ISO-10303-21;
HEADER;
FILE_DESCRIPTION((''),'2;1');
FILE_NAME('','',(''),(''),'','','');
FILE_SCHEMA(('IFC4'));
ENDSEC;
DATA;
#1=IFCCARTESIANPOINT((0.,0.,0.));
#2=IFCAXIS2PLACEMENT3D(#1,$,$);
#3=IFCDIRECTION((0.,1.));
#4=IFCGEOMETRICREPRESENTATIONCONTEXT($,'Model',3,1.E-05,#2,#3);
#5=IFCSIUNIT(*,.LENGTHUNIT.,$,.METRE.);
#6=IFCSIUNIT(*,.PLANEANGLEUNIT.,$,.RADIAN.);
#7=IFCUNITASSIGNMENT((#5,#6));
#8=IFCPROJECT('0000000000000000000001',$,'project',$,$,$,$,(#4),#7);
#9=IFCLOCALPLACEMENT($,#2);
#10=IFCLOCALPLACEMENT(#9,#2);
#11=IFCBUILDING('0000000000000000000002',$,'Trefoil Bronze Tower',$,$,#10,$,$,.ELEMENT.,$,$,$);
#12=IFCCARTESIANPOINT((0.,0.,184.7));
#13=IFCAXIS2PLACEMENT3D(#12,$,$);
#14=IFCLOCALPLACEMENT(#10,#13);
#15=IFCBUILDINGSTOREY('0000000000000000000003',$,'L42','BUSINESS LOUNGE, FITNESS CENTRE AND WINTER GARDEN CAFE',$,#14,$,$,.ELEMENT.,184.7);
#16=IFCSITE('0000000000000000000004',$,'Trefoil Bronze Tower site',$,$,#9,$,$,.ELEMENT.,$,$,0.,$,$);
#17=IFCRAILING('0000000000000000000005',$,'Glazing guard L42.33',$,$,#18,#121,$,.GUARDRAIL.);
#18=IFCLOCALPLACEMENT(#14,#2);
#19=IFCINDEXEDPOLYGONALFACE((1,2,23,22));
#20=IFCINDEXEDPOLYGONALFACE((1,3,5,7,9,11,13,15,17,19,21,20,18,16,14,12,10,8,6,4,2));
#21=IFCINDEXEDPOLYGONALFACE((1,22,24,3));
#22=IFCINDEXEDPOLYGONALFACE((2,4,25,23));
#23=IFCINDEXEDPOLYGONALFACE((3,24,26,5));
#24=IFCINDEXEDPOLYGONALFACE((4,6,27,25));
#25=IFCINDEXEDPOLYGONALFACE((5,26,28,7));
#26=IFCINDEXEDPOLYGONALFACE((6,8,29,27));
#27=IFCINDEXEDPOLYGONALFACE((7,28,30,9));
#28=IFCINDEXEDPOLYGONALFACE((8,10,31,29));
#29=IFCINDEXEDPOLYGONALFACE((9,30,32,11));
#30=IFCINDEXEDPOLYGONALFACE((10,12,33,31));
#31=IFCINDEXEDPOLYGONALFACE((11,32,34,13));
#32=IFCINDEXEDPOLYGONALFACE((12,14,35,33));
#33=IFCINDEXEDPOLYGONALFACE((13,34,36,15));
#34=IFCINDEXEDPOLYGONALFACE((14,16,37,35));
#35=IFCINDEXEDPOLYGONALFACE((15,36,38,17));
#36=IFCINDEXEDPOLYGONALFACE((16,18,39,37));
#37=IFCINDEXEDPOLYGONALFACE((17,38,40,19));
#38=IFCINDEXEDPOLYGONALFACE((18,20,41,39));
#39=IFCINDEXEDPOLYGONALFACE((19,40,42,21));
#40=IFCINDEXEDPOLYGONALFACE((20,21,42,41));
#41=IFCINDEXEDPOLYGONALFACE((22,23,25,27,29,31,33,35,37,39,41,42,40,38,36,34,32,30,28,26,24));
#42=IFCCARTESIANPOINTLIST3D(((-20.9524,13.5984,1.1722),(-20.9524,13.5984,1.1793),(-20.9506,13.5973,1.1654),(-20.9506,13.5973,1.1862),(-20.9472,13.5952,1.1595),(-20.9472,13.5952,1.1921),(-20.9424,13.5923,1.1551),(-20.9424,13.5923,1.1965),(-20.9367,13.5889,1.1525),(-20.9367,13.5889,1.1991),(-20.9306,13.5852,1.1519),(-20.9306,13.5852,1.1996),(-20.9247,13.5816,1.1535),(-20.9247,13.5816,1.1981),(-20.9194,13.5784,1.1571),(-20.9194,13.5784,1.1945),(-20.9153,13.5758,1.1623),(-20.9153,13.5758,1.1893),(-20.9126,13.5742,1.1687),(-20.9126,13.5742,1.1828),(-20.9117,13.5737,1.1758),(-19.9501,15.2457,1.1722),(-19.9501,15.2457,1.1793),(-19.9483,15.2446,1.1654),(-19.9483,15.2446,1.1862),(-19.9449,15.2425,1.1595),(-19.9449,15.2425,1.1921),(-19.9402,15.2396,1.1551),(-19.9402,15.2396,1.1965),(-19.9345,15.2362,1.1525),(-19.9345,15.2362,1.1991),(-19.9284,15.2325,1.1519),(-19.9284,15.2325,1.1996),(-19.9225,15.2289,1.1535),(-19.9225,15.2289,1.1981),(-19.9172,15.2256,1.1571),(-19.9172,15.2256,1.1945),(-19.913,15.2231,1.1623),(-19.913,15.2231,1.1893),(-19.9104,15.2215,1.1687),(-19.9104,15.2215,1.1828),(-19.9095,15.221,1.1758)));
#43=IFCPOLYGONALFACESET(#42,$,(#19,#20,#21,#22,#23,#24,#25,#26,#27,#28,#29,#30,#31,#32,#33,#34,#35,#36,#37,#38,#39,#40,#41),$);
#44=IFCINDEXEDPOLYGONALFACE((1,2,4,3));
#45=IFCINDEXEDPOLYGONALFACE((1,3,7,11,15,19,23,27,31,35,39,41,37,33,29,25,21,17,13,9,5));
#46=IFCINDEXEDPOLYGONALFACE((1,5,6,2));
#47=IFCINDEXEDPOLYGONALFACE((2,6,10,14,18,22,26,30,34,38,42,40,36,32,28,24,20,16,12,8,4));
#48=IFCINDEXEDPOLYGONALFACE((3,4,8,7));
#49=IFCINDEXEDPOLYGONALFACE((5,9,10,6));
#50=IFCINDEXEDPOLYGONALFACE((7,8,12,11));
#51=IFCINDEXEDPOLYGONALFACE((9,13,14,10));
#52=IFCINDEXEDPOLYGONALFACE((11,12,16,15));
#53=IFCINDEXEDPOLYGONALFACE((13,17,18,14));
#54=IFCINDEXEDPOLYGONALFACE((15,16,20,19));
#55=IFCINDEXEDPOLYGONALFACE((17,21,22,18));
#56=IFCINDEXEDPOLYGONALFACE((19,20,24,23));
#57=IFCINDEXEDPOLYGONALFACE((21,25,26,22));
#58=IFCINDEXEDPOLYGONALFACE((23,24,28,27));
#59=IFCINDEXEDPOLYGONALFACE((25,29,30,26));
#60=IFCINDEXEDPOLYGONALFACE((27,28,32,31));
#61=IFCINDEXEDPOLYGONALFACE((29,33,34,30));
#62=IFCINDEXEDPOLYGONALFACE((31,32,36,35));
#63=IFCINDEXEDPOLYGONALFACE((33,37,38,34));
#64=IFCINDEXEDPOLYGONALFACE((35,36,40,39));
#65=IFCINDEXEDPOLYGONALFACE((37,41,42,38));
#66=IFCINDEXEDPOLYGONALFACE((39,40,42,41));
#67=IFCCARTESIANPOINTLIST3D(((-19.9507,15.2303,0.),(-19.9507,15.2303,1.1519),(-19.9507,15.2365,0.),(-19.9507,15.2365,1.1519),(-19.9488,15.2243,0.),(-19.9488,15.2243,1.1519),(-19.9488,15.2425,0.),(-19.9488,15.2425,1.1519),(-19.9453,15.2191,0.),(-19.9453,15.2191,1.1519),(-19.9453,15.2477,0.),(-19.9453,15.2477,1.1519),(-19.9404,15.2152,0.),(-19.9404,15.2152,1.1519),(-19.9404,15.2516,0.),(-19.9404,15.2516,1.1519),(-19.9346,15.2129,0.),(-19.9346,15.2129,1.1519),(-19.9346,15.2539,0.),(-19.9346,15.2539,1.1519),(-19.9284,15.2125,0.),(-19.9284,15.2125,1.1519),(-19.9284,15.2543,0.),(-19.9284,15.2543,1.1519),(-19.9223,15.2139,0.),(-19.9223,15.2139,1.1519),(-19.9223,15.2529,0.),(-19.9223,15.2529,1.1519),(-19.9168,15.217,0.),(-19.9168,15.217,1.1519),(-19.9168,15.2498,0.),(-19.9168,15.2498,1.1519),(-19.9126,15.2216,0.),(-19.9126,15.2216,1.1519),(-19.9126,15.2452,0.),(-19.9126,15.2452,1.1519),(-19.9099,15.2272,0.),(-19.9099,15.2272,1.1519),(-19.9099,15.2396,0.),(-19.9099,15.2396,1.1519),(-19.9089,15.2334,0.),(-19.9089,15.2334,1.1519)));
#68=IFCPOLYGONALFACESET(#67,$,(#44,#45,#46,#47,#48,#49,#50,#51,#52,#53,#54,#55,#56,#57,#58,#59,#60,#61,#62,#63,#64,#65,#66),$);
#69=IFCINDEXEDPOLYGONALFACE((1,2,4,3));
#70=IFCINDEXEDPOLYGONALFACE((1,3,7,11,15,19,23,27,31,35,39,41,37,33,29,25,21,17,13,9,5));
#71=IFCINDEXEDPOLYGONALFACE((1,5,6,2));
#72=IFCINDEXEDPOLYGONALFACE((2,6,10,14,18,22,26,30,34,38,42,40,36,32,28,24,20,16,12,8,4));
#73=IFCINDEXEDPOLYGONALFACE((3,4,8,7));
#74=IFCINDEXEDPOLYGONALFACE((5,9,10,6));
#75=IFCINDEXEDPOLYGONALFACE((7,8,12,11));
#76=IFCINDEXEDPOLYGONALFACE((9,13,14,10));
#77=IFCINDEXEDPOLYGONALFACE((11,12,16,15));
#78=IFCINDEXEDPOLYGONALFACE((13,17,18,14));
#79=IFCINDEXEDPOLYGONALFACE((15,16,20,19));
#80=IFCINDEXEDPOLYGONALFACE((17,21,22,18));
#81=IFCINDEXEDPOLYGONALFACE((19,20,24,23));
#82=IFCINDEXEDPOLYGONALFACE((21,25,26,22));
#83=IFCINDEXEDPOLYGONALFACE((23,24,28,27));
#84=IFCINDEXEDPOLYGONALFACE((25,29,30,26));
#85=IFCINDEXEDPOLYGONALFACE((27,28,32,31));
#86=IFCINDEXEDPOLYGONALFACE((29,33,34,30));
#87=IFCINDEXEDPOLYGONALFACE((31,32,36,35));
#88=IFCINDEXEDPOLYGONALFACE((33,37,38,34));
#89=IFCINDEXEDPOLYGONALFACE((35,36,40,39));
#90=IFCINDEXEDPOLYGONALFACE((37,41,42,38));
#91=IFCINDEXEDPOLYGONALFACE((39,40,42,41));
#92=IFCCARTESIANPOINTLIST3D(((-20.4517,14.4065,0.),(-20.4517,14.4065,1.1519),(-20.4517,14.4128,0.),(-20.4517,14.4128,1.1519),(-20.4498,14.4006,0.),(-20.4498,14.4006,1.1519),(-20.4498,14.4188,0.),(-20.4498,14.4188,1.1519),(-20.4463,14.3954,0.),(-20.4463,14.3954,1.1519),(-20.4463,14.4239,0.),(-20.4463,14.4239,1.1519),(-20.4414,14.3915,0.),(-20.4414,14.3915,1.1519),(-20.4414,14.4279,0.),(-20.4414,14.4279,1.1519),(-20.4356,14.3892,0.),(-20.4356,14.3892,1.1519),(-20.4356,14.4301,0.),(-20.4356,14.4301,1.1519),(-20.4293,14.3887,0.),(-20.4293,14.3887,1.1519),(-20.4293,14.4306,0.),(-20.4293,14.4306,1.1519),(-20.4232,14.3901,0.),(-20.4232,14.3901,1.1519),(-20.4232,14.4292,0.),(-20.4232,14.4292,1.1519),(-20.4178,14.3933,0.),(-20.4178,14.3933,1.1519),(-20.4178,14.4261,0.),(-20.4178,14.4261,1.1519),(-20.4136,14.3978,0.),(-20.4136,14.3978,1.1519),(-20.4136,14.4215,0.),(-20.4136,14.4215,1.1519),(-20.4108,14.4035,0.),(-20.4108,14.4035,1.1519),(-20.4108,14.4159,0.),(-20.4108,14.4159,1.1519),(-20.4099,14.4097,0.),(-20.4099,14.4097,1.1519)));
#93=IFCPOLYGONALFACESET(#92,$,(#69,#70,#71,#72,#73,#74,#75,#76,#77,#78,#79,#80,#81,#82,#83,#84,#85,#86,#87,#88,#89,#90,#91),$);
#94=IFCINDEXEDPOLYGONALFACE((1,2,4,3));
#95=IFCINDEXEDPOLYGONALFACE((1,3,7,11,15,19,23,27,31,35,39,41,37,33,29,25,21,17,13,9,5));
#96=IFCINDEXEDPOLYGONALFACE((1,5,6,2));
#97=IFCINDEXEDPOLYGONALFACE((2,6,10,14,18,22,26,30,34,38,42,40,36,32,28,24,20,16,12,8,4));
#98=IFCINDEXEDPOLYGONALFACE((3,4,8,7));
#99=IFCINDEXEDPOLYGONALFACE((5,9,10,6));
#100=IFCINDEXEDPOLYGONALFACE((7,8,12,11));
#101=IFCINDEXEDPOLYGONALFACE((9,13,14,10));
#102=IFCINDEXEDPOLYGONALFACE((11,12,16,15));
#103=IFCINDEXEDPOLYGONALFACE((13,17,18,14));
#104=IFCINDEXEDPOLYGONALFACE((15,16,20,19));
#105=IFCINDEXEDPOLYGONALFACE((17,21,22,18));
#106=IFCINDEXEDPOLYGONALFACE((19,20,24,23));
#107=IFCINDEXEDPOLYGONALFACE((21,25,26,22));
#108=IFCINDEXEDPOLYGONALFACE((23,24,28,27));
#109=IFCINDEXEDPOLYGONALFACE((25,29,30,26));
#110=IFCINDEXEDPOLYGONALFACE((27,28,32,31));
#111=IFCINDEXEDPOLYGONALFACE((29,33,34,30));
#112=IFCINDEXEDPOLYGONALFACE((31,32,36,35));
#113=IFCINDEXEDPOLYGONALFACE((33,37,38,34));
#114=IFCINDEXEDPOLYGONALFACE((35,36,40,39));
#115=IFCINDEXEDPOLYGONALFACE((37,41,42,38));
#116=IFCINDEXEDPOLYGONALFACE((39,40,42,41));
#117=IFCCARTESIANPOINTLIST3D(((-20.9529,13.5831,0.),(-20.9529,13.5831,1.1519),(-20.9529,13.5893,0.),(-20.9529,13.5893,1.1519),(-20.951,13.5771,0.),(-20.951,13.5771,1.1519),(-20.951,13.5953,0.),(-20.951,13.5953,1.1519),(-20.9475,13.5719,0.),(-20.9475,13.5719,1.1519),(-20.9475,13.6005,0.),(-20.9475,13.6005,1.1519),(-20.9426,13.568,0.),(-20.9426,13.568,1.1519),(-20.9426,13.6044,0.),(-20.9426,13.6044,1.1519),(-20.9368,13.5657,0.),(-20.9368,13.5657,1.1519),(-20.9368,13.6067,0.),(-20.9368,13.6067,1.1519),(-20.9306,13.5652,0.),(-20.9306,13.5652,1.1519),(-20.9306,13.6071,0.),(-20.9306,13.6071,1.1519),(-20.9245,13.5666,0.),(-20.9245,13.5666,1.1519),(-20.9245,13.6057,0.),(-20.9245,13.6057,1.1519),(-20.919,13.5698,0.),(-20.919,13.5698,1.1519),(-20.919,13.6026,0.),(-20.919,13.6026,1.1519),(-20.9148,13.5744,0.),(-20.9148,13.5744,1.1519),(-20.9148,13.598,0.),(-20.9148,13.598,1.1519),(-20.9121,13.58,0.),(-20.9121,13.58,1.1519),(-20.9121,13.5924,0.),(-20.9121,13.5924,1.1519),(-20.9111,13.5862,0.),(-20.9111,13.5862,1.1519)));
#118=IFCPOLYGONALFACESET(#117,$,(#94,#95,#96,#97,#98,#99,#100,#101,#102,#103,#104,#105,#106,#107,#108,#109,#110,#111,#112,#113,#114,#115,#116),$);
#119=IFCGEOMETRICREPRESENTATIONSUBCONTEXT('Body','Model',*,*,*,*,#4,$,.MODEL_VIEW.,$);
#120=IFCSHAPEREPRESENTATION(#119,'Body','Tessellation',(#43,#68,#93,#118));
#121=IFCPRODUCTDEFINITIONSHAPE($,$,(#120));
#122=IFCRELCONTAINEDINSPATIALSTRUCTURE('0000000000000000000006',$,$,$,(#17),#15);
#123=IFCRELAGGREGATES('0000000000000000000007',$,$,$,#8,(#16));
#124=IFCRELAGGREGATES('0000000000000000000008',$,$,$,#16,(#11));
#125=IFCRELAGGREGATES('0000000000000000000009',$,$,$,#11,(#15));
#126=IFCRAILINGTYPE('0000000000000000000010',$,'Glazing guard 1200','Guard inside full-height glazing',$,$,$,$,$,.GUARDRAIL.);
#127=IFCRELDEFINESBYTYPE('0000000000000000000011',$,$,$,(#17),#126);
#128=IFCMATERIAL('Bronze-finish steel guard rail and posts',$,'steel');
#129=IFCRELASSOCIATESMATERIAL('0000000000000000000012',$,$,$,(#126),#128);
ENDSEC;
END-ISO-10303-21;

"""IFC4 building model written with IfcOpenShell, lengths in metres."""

from ifc_helpers import new_model, si_unit, direction, frame, origin, origin_2d, place, context, subcontext, project, spatial, circle, extrude, material, type_object, element, save


model = new_model("IFC4")

# Units and contexts
model_context = context("Model", 3, precision=1e-05, world=origin(), true_north=direction((0.0, 1.0)))
body_context = subcontext(model_context, "Body", "Model", "MODEL_VIEW")
ifc_project = project(units=[si_unit("LENGTHUNIT", "METRE"), si_unit("PLANEANGLEUNIT", "RADIAN")], contexts=[model_context])

# Site, building, storey
site_placement = place(None, origin())
site = spatial("IfcSite", under=ifc_project, at=site_placement, Name="Trefoil Bronze Tower site", CompositionType="ELEMENT", RefElevation=0.0)
building_placement = place(site_placement, origin())
building = spatial("IfcBuilding", under=site, at=building_placement, Name="Trefoil Bronze Tower", CompositionType="ELEMENT")
storey_placement = place(building_placement, frame((0.0, 0.0, 184.7)))
storey = spatial("IfcBuildingStorey", under=building, at=storey_placement, Name="L42", Description="BUSINESS LOUNGE, FITNESS CENTRE AND WINTER GARDEN CAFE", CompositionType="ELEMENT", Elevation=184.7)

# Railing
ifc_material_1 = material(Name="Bronze-finish steel guard rail and posts", Category="steel")
railing_type = type_object("IfcRailingType", Name="Glazing guard 1200", Description="Guard inside full-height glazing", PredefinedType="GUARDRAIL", material=ifc_material_1)
railing_1_placement = place(storey_placement, frame((-19.9299, 15.2334, 0.0)))
element("IfcRailing", 1, at=railing_1_placement, inside=storey, type_object=railing_type, Name="Glazing guard L42.33", PredefinedType="GUARDRAIL", context=body_context, shape_type="SweptSolid", body=[
    extrude(circle(Radius=0.0239, at=origin_2d()), frame((0.0, 0.0, 1.1758), z_axis=(-0.519774, -0.854304, 0.0), x_axis=(0.854304, -0.519774, 0.0)), (0.0, 0.0, 1.0), 1.9282),
    extrude(circle(Radius=0.021, at=origin_2d()), origin(), (0.0, 0.0, 1.0), 1.1519),
    extrude(circle(Radius=0.021, at=origin_2d()), frame((-0.501, -0.8237, 0.0)), (0.0, 0.0, 1.0), 1.1519),
    extrude(circle(Radius=0.021, at=origin_2d()), frame((-1.0022, -1.6472, 0.0)), (0.0, 0.0, 1.0), 1.1519),
])

save(model, "model.ifc")
